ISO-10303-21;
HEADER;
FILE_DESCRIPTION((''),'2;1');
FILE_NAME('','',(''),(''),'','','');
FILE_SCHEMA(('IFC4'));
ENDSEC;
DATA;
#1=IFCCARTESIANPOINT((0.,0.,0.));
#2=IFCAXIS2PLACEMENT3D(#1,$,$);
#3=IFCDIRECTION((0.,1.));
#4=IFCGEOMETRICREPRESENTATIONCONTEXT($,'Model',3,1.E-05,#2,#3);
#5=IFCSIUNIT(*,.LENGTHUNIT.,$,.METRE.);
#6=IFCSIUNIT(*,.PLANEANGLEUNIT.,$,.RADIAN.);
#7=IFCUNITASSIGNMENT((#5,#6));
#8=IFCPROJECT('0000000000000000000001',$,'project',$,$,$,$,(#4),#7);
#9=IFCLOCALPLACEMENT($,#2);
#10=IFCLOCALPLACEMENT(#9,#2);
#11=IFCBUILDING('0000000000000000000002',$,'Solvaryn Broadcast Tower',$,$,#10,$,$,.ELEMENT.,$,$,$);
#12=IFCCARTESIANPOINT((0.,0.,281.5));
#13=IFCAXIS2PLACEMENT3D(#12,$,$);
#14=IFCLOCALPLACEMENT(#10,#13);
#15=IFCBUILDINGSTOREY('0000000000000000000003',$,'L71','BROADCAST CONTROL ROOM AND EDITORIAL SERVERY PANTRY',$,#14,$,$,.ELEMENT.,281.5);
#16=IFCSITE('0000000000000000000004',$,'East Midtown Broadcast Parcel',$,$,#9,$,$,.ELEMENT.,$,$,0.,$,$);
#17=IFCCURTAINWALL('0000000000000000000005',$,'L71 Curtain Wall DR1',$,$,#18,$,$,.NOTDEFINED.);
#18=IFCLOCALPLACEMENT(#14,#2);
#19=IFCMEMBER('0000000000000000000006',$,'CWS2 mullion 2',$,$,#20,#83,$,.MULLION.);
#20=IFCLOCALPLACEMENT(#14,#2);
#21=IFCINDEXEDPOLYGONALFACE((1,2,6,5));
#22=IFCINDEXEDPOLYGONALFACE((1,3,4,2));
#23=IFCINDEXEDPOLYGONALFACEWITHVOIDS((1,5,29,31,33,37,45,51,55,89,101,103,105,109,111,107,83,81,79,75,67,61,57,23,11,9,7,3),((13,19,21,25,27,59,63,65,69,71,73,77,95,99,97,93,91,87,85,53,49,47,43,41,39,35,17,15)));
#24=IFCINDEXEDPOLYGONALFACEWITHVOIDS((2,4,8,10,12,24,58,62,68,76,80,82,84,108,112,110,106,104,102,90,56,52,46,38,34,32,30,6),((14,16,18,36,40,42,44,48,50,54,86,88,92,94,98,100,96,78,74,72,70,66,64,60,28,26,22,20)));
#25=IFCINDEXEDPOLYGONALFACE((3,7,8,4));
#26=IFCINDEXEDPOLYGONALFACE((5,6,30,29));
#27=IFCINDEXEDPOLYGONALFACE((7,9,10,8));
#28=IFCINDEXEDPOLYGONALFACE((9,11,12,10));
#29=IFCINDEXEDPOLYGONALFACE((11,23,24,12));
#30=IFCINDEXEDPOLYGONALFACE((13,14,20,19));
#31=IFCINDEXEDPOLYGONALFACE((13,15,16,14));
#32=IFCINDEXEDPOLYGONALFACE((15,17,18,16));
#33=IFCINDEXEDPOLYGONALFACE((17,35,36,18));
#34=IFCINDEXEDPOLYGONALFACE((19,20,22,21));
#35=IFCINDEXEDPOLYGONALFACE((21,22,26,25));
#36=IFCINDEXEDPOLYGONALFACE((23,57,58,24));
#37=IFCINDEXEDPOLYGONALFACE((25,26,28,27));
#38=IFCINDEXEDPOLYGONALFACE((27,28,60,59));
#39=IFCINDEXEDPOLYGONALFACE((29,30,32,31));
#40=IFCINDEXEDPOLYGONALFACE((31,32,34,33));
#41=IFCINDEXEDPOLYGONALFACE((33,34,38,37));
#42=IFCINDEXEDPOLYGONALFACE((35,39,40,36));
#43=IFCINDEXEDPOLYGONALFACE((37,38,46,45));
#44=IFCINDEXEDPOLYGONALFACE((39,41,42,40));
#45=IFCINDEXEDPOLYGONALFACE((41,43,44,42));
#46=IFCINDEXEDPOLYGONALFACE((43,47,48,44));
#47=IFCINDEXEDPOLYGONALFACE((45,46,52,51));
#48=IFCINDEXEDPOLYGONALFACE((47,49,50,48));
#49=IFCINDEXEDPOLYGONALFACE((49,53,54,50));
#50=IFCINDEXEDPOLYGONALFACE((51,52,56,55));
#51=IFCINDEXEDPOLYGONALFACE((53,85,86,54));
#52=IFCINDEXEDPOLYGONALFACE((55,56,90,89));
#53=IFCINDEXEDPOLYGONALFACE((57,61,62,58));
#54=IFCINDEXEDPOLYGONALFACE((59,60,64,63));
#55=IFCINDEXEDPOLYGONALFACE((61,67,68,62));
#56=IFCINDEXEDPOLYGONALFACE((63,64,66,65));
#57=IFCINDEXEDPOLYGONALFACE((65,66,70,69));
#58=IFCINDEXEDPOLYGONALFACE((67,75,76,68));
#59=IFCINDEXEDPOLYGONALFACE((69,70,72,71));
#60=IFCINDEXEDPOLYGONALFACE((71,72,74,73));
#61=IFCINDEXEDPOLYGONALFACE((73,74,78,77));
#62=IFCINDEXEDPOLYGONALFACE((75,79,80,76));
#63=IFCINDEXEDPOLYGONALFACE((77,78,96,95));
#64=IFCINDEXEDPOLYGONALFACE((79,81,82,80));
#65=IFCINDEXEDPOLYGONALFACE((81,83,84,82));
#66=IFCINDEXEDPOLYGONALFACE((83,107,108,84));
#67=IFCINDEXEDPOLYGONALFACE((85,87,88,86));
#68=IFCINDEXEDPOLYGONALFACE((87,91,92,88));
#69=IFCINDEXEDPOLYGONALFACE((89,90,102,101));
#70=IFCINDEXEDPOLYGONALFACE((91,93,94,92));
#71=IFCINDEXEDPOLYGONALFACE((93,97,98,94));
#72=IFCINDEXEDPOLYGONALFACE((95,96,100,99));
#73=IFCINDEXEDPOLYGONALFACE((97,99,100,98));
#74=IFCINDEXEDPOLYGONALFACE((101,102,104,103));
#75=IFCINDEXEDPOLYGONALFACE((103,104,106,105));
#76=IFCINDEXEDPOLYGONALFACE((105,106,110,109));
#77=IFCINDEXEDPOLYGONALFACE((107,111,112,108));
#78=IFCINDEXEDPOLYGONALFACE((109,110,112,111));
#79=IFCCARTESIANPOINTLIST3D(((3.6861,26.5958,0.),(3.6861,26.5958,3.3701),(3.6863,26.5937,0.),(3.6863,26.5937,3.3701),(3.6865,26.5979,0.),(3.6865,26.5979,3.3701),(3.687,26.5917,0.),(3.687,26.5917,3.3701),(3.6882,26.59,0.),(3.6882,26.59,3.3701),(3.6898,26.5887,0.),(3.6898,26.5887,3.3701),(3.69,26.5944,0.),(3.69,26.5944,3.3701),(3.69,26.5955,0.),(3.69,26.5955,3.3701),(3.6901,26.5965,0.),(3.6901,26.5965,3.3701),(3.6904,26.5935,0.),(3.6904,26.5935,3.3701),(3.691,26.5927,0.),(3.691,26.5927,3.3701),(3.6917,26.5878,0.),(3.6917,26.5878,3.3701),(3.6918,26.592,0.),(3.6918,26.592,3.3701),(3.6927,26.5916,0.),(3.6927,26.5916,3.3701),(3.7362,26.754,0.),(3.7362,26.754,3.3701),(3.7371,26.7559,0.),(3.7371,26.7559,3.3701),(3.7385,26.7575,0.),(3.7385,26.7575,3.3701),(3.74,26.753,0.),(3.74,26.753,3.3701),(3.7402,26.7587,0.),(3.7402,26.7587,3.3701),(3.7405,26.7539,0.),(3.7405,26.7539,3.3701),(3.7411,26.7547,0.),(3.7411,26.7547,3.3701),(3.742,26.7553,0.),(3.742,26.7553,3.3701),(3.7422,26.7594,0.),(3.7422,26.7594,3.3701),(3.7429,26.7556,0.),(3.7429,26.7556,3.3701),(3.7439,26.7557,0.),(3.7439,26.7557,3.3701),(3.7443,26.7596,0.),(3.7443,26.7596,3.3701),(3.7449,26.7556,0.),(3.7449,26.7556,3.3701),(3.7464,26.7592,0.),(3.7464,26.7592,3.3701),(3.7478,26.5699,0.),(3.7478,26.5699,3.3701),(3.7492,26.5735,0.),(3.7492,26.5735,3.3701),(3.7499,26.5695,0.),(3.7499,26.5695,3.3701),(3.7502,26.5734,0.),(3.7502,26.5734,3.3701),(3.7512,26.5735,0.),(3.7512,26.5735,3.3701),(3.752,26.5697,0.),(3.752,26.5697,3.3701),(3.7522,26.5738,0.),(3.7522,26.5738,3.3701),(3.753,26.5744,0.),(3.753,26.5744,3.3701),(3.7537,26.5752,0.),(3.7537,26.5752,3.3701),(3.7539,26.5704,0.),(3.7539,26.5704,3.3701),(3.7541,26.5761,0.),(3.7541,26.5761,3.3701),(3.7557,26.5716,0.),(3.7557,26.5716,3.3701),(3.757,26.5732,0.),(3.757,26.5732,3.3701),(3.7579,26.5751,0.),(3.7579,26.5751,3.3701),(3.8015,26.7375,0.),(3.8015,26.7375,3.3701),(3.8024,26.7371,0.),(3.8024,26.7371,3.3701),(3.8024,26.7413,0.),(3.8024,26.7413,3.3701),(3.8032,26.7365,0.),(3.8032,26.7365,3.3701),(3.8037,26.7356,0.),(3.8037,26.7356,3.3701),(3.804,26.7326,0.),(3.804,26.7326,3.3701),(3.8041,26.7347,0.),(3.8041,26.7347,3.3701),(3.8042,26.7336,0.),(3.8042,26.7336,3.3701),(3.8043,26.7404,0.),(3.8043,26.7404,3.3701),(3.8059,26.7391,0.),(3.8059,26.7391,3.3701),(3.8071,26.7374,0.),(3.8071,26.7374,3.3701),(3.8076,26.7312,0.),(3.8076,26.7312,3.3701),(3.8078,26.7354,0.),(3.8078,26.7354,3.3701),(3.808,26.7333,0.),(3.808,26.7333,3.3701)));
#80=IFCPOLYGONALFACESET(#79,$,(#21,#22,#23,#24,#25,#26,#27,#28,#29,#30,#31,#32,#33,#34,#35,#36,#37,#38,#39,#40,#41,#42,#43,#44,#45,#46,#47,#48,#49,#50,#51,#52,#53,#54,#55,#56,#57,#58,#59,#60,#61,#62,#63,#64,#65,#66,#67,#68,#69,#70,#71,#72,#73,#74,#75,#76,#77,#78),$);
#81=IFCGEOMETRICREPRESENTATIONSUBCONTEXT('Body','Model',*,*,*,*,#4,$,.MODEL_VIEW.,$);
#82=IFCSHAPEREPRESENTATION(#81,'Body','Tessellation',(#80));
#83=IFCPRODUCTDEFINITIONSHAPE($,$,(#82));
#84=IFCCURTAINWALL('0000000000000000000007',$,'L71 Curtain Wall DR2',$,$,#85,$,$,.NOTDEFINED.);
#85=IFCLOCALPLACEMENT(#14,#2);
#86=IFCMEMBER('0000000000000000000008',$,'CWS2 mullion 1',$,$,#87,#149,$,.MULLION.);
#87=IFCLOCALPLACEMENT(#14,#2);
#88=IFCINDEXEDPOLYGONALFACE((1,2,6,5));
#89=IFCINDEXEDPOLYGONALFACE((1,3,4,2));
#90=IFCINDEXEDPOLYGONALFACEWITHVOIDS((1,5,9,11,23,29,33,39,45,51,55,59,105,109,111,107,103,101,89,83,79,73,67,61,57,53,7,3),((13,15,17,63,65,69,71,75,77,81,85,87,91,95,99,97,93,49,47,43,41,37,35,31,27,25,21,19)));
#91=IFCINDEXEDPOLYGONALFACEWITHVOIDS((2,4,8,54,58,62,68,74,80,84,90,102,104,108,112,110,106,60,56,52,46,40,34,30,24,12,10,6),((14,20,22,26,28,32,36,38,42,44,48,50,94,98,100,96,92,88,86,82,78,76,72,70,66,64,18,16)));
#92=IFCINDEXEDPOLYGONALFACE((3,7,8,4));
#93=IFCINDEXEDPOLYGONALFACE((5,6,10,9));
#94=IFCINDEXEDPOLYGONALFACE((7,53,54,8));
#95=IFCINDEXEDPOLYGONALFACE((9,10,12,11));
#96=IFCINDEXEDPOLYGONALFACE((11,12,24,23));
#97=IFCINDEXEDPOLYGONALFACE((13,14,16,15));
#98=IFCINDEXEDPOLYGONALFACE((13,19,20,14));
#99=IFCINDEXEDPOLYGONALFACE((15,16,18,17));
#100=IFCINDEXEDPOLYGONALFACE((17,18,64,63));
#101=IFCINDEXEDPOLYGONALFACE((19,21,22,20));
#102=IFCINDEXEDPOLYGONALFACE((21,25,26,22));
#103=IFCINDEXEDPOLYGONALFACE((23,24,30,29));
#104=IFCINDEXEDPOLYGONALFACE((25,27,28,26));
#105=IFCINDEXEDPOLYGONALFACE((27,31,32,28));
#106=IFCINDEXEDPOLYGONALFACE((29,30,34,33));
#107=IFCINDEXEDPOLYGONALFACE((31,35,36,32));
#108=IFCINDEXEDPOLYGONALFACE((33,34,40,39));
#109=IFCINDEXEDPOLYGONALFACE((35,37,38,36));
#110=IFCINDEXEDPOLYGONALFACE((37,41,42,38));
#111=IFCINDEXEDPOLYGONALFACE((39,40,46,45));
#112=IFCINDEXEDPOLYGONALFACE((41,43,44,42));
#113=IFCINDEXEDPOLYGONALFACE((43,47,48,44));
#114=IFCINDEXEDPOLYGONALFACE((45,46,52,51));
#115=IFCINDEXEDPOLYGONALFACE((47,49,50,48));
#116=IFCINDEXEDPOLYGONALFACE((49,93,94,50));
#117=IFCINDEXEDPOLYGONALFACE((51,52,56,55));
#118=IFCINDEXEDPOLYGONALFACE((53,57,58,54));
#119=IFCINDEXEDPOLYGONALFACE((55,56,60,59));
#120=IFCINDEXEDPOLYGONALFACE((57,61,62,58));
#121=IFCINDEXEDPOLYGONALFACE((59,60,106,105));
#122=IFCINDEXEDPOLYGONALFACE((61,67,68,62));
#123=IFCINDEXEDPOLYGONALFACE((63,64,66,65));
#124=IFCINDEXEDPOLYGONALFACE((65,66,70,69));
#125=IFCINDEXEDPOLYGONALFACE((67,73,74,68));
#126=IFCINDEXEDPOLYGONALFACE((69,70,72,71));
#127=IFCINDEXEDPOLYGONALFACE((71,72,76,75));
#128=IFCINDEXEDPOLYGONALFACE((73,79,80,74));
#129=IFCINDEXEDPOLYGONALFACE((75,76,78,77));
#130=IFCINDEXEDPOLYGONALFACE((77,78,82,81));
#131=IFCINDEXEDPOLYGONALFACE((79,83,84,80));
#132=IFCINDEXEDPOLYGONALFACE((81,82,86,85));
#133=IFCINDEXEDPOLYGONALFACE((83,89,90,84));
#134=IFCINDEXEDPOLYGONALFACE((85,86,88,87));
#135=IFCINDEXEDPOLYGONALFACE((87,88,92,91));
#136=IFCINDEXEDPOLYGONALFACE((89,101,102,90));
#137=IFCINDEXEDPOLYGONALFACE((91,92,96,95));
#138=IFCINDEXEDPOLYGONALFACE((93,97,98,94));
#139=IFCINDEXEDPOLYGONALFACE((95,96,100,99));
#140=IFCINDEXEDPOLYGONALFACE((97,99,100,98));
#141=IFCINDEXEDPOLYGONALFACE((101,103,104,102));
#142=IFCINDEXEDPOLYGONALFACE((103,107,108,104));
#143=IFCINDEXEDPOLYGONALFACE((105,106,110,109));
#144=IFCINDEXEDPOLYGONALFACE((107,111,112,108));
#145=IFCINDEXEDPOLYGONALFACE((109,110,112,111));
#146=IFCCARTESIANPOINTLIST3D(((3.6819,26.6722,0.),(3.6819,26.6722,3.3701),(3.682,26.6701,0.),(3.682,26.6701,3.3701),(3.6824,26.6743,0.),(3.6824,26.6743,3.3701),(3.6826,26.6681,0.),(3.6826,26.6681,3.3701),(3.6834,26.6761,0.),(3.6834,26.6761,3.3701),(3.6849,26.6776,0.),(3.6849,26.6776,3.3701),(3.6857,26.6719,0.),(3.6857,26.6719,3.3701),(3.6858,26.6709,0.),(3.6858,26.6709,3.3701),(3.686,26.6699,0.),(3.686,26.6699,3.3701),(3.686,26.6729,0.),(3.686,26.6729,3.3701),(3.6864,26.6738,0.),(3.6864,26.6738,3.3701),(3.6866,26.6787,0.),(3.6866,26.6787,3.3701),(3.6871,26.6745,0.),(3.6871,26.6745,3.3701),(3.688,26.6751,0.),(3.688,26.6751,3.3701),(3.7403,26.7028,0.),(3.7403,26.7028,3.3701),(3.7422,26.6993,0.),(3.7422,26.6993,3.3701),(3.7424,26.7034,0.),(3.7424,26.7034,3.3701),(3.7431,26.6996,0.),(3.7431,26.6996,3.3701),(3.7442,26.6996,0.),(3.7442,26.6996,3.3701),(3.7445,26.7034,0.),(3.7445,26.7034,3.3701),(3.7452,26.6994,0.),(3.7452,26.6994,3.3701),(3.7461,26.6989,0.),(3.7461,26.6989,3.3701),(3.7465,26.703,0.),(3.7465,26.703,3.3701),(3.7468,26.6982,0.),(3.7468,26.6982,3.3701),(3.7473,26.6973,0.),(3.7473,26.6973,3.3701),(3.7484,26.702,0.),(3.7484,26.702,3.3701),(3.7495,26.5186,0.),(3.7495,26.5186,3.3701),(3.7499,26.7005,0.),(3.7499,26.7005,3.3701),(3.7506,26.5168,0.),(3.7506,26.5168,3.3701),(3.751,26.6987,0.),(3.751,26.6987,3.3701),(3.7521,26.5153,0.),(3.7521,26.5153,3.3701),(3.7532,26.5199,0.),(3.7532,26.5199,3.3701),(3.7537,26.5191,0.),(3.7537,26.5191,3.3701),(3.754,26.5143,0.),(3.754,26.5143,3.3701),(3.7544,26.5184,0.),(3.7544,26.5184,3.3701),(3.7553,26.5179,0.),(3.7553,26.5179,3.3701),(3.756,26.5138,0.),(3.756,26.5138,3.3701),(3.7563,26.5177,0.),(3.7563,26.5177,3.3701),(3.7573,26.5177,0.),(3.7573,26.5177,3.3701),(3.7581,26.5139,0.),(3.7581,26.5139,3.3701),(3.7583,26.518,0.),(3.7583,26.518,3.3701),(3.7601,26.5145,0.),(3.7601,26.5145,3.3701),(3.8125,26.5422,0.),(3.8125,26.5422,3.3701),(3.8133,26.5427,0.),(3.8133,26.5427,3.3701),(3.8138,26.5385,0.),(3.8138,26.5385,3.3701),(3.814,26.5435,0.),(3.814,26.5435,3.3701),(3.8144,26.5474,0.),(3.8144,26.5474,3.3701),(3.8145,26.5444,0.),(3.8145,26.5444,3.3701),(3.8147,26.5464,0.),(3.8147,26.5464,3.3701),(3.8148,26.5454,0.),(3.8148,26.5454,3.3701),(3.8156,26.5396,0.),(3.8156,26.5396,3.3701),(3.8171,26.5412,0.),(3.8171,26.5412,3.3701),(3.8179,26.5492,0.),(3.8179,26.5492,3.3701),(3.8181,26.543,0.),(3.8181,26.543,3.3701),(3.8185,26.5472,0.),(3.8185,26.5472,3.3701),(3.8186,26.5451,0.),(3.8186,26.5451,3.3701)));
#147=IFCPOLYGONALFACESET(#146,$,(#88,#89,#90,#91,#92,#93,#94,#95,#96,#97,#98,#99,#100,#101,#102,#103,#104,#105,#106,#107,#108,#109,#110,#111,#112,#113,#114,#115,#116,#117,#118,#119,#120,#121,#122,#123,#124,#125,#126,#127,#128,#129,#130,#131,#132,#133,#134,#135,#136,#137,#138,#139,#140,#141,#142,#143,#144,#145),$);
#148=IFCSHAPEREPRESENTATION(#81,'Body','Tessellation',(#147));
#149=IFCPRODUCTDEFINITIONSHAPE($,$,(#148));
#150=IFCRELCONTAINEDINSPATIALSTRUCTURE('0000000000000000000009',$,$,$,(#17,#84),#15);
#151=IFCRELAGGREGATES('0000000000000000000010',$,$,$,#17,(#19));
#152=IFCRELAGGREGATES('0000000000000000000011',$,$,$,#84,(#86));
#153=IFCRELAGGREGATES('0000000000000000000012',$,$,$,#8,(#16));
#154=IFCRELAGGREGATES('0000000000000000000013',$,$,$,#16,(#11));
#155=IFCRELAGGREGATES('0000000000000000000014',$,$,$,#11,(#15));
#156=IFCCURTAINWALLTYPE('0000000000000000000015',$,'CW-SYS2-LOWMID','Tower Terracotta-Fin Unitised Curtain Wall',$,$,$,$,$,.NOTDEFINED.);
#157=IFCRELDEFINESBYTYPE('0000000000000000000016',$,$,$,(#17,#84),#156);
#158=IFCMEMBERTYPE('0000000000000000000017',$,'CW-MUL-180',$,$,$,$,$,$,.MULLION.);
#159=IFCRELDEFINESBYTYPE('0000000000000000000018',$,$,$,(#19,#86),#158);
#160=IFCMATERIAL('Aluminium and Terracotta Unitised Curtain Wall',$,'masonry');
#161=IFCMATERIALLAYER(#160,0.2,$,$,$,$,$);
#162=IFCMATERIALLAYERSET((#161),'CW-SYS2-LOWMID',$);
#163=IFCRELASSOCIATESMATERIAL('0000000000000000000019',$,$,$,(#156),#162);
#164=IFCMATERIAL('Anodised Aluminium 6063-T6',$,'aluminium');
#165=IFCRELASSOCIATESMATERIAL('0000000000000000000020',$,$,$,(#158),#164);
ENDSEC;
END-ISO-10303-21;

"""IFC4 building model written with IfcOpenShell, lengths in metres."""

from ifc_helpers import new_model, si_unit, direction, frame, origin, origin_2d, place, context, subcontext, project, spatial, hollow_rectangle, extrude, material, layer, layer_set, material_profile, profile_set, type_object, element, aggregate, save


model = new_model("IFC4")

# Units and contexts
model_context = context("Model", 3, precision=1e-05, world=origin(), true_north=direction((0.0, 1.0)))
body_context = subcontext(model_context, "Body", "Model", "MODEL_VIEW")
ifc_project = project(units=[si_unit("LENGTHUNIT", "METRE"), si_unit("PLANEANGLEUNIT", "RADIAN")], contexts=[model_context])

# Site, building, storey
site_placement = place(None, origin())
site = spatial("IfcSite", under=ifc_project, at=site_placement, Name="East Midtown Broadcast Parcel", CompositionType="ELEMENT", RefElevation=0.0)
building_placement = place(site_placement, origin())
building = spatial("IfcBuilding", under=site, at=building_placement, Name="Solvaryn Broadcast Tower", CompositionType="ELEMENT")
storey_placement = place(building_placement, frame((0.0, 0.0, 281.5)))
storey = spatial("IfcBuildingStorey", under=building, at=storey_placement, Name="L71", Description="BROADCAST CONTROL ROOM AND EDITORIAL SERVERY PANTRY", CompositionType="ELEMENT", Elevation=281.5)

# Curtain wall, member
ifc_material_1 = material(Name="Aluminium and Terracotta Unitised Curtain Wall", Category="masonry")
ifc_layer_1 = layer(ifc_material_1, 0.2)
ifc_layer_set_1 = layer_set([ifc_layer_1], Name="CW-SYS2-LOWMID")
curtain_wall_type = type_object("IfcCurtainWallType", Name="CW-SYS2-LOWMID", Description="Tower Terracotta-Fin Unitised Curtain Wall", PredefinedType="NOTDEFINED", material=ifc_layer_set_1)
curtain_wall_1_placement = place(storey_placement, origin())
curtain_wall_1 = element("IfcCurtainWall", 1, at=curtain_wall_1_placement, inside=storey, type_object=curtain_wall_type, Name="L71 Curtain Wall DR1", PredefinedType="NOTDEFINED")
ifc_material_2 = material(Name="Anodised Aluminium 6063-T6", Category="aluminium")
ifc_material_profile_1 = material_profile(ifc_material_2, hollow_rectangle(XDim=0.075, YDim=0.1799, WallThickness=0.0039, InnerFilletRadius=0.0039, OuterFilletRadius=0.0081, at=origin_2d()))
ifc_profile_set_1 = profile_set([ifc_material_profile_1], Name="Anodised Aluminium 6063-T6")
member_type_1 = type_object("IfcMemberType", Name="CW-MUL-180", PredefinedType="MULLION", material=ifc_profile_set_1)
member_1_placement = place(storey_placement, frame((3.7471, 26.6646, 0.0), z_axis=(0.0, 0.0, 1.0), x_axis=(0.952795, -0.303616, 0.0)))
member_1 = element("IfcMember", 2, at=member_1_placement, type_object=member_type_1, Name="CWS2 mullion 2", PredefinedType="MULLION", context=body_context, shape_type="SweptSolid", body=[
    extrude(hollow_rectangle(XDim=0.075, YDim=0.1799, WallThickness=0.0039, InnerFilletRadius=0.0039, OuterFilletRadius=0.0081, at=origin_2d()), origin(), (0.0, 0.0, 1.0), 3.3701),
])
aggregate(curtain_wall_1, [member_1])

# Curtain wall, member
curtain_wall_2_placement = place(storey_placement, origin())
curtain_wall_2 = element("IfcCurtainWall", 3, at=curtain_wall_2_placement, inside=storey, type_object=curtain_wall_type, Name="L71 Curtain Wall DR2", PredefinedType="NOTDEFINED")
member_2_placement = place(storey_placement, frame((3.7502, 26.6086, 0.0), z_axis=(0.0, 0.0, 1.0), x_axis=(0.912774, 0.408466, 0.0)))
member_2 = element("IfcMember", 4, at=member_2_placement, type_object=member_type_1, Name="CWS2 mullion 1", PredefinedType="MULLION", context=body_context, shape_type="SweptSolid", body=[
    extrude(hollow_rectangle(XDim=0.075, YDim=0.1799, WallThickness=0.0039, InnerFilletRadius=0.0039, OuterFilletRadius=0.0081, at=origin_2d()), origin(), (0.0, 0.0, 1.0), 3.3701),
])
aggregate(curtain_wall_2, [member_2])

save(model, "model.ifc")
